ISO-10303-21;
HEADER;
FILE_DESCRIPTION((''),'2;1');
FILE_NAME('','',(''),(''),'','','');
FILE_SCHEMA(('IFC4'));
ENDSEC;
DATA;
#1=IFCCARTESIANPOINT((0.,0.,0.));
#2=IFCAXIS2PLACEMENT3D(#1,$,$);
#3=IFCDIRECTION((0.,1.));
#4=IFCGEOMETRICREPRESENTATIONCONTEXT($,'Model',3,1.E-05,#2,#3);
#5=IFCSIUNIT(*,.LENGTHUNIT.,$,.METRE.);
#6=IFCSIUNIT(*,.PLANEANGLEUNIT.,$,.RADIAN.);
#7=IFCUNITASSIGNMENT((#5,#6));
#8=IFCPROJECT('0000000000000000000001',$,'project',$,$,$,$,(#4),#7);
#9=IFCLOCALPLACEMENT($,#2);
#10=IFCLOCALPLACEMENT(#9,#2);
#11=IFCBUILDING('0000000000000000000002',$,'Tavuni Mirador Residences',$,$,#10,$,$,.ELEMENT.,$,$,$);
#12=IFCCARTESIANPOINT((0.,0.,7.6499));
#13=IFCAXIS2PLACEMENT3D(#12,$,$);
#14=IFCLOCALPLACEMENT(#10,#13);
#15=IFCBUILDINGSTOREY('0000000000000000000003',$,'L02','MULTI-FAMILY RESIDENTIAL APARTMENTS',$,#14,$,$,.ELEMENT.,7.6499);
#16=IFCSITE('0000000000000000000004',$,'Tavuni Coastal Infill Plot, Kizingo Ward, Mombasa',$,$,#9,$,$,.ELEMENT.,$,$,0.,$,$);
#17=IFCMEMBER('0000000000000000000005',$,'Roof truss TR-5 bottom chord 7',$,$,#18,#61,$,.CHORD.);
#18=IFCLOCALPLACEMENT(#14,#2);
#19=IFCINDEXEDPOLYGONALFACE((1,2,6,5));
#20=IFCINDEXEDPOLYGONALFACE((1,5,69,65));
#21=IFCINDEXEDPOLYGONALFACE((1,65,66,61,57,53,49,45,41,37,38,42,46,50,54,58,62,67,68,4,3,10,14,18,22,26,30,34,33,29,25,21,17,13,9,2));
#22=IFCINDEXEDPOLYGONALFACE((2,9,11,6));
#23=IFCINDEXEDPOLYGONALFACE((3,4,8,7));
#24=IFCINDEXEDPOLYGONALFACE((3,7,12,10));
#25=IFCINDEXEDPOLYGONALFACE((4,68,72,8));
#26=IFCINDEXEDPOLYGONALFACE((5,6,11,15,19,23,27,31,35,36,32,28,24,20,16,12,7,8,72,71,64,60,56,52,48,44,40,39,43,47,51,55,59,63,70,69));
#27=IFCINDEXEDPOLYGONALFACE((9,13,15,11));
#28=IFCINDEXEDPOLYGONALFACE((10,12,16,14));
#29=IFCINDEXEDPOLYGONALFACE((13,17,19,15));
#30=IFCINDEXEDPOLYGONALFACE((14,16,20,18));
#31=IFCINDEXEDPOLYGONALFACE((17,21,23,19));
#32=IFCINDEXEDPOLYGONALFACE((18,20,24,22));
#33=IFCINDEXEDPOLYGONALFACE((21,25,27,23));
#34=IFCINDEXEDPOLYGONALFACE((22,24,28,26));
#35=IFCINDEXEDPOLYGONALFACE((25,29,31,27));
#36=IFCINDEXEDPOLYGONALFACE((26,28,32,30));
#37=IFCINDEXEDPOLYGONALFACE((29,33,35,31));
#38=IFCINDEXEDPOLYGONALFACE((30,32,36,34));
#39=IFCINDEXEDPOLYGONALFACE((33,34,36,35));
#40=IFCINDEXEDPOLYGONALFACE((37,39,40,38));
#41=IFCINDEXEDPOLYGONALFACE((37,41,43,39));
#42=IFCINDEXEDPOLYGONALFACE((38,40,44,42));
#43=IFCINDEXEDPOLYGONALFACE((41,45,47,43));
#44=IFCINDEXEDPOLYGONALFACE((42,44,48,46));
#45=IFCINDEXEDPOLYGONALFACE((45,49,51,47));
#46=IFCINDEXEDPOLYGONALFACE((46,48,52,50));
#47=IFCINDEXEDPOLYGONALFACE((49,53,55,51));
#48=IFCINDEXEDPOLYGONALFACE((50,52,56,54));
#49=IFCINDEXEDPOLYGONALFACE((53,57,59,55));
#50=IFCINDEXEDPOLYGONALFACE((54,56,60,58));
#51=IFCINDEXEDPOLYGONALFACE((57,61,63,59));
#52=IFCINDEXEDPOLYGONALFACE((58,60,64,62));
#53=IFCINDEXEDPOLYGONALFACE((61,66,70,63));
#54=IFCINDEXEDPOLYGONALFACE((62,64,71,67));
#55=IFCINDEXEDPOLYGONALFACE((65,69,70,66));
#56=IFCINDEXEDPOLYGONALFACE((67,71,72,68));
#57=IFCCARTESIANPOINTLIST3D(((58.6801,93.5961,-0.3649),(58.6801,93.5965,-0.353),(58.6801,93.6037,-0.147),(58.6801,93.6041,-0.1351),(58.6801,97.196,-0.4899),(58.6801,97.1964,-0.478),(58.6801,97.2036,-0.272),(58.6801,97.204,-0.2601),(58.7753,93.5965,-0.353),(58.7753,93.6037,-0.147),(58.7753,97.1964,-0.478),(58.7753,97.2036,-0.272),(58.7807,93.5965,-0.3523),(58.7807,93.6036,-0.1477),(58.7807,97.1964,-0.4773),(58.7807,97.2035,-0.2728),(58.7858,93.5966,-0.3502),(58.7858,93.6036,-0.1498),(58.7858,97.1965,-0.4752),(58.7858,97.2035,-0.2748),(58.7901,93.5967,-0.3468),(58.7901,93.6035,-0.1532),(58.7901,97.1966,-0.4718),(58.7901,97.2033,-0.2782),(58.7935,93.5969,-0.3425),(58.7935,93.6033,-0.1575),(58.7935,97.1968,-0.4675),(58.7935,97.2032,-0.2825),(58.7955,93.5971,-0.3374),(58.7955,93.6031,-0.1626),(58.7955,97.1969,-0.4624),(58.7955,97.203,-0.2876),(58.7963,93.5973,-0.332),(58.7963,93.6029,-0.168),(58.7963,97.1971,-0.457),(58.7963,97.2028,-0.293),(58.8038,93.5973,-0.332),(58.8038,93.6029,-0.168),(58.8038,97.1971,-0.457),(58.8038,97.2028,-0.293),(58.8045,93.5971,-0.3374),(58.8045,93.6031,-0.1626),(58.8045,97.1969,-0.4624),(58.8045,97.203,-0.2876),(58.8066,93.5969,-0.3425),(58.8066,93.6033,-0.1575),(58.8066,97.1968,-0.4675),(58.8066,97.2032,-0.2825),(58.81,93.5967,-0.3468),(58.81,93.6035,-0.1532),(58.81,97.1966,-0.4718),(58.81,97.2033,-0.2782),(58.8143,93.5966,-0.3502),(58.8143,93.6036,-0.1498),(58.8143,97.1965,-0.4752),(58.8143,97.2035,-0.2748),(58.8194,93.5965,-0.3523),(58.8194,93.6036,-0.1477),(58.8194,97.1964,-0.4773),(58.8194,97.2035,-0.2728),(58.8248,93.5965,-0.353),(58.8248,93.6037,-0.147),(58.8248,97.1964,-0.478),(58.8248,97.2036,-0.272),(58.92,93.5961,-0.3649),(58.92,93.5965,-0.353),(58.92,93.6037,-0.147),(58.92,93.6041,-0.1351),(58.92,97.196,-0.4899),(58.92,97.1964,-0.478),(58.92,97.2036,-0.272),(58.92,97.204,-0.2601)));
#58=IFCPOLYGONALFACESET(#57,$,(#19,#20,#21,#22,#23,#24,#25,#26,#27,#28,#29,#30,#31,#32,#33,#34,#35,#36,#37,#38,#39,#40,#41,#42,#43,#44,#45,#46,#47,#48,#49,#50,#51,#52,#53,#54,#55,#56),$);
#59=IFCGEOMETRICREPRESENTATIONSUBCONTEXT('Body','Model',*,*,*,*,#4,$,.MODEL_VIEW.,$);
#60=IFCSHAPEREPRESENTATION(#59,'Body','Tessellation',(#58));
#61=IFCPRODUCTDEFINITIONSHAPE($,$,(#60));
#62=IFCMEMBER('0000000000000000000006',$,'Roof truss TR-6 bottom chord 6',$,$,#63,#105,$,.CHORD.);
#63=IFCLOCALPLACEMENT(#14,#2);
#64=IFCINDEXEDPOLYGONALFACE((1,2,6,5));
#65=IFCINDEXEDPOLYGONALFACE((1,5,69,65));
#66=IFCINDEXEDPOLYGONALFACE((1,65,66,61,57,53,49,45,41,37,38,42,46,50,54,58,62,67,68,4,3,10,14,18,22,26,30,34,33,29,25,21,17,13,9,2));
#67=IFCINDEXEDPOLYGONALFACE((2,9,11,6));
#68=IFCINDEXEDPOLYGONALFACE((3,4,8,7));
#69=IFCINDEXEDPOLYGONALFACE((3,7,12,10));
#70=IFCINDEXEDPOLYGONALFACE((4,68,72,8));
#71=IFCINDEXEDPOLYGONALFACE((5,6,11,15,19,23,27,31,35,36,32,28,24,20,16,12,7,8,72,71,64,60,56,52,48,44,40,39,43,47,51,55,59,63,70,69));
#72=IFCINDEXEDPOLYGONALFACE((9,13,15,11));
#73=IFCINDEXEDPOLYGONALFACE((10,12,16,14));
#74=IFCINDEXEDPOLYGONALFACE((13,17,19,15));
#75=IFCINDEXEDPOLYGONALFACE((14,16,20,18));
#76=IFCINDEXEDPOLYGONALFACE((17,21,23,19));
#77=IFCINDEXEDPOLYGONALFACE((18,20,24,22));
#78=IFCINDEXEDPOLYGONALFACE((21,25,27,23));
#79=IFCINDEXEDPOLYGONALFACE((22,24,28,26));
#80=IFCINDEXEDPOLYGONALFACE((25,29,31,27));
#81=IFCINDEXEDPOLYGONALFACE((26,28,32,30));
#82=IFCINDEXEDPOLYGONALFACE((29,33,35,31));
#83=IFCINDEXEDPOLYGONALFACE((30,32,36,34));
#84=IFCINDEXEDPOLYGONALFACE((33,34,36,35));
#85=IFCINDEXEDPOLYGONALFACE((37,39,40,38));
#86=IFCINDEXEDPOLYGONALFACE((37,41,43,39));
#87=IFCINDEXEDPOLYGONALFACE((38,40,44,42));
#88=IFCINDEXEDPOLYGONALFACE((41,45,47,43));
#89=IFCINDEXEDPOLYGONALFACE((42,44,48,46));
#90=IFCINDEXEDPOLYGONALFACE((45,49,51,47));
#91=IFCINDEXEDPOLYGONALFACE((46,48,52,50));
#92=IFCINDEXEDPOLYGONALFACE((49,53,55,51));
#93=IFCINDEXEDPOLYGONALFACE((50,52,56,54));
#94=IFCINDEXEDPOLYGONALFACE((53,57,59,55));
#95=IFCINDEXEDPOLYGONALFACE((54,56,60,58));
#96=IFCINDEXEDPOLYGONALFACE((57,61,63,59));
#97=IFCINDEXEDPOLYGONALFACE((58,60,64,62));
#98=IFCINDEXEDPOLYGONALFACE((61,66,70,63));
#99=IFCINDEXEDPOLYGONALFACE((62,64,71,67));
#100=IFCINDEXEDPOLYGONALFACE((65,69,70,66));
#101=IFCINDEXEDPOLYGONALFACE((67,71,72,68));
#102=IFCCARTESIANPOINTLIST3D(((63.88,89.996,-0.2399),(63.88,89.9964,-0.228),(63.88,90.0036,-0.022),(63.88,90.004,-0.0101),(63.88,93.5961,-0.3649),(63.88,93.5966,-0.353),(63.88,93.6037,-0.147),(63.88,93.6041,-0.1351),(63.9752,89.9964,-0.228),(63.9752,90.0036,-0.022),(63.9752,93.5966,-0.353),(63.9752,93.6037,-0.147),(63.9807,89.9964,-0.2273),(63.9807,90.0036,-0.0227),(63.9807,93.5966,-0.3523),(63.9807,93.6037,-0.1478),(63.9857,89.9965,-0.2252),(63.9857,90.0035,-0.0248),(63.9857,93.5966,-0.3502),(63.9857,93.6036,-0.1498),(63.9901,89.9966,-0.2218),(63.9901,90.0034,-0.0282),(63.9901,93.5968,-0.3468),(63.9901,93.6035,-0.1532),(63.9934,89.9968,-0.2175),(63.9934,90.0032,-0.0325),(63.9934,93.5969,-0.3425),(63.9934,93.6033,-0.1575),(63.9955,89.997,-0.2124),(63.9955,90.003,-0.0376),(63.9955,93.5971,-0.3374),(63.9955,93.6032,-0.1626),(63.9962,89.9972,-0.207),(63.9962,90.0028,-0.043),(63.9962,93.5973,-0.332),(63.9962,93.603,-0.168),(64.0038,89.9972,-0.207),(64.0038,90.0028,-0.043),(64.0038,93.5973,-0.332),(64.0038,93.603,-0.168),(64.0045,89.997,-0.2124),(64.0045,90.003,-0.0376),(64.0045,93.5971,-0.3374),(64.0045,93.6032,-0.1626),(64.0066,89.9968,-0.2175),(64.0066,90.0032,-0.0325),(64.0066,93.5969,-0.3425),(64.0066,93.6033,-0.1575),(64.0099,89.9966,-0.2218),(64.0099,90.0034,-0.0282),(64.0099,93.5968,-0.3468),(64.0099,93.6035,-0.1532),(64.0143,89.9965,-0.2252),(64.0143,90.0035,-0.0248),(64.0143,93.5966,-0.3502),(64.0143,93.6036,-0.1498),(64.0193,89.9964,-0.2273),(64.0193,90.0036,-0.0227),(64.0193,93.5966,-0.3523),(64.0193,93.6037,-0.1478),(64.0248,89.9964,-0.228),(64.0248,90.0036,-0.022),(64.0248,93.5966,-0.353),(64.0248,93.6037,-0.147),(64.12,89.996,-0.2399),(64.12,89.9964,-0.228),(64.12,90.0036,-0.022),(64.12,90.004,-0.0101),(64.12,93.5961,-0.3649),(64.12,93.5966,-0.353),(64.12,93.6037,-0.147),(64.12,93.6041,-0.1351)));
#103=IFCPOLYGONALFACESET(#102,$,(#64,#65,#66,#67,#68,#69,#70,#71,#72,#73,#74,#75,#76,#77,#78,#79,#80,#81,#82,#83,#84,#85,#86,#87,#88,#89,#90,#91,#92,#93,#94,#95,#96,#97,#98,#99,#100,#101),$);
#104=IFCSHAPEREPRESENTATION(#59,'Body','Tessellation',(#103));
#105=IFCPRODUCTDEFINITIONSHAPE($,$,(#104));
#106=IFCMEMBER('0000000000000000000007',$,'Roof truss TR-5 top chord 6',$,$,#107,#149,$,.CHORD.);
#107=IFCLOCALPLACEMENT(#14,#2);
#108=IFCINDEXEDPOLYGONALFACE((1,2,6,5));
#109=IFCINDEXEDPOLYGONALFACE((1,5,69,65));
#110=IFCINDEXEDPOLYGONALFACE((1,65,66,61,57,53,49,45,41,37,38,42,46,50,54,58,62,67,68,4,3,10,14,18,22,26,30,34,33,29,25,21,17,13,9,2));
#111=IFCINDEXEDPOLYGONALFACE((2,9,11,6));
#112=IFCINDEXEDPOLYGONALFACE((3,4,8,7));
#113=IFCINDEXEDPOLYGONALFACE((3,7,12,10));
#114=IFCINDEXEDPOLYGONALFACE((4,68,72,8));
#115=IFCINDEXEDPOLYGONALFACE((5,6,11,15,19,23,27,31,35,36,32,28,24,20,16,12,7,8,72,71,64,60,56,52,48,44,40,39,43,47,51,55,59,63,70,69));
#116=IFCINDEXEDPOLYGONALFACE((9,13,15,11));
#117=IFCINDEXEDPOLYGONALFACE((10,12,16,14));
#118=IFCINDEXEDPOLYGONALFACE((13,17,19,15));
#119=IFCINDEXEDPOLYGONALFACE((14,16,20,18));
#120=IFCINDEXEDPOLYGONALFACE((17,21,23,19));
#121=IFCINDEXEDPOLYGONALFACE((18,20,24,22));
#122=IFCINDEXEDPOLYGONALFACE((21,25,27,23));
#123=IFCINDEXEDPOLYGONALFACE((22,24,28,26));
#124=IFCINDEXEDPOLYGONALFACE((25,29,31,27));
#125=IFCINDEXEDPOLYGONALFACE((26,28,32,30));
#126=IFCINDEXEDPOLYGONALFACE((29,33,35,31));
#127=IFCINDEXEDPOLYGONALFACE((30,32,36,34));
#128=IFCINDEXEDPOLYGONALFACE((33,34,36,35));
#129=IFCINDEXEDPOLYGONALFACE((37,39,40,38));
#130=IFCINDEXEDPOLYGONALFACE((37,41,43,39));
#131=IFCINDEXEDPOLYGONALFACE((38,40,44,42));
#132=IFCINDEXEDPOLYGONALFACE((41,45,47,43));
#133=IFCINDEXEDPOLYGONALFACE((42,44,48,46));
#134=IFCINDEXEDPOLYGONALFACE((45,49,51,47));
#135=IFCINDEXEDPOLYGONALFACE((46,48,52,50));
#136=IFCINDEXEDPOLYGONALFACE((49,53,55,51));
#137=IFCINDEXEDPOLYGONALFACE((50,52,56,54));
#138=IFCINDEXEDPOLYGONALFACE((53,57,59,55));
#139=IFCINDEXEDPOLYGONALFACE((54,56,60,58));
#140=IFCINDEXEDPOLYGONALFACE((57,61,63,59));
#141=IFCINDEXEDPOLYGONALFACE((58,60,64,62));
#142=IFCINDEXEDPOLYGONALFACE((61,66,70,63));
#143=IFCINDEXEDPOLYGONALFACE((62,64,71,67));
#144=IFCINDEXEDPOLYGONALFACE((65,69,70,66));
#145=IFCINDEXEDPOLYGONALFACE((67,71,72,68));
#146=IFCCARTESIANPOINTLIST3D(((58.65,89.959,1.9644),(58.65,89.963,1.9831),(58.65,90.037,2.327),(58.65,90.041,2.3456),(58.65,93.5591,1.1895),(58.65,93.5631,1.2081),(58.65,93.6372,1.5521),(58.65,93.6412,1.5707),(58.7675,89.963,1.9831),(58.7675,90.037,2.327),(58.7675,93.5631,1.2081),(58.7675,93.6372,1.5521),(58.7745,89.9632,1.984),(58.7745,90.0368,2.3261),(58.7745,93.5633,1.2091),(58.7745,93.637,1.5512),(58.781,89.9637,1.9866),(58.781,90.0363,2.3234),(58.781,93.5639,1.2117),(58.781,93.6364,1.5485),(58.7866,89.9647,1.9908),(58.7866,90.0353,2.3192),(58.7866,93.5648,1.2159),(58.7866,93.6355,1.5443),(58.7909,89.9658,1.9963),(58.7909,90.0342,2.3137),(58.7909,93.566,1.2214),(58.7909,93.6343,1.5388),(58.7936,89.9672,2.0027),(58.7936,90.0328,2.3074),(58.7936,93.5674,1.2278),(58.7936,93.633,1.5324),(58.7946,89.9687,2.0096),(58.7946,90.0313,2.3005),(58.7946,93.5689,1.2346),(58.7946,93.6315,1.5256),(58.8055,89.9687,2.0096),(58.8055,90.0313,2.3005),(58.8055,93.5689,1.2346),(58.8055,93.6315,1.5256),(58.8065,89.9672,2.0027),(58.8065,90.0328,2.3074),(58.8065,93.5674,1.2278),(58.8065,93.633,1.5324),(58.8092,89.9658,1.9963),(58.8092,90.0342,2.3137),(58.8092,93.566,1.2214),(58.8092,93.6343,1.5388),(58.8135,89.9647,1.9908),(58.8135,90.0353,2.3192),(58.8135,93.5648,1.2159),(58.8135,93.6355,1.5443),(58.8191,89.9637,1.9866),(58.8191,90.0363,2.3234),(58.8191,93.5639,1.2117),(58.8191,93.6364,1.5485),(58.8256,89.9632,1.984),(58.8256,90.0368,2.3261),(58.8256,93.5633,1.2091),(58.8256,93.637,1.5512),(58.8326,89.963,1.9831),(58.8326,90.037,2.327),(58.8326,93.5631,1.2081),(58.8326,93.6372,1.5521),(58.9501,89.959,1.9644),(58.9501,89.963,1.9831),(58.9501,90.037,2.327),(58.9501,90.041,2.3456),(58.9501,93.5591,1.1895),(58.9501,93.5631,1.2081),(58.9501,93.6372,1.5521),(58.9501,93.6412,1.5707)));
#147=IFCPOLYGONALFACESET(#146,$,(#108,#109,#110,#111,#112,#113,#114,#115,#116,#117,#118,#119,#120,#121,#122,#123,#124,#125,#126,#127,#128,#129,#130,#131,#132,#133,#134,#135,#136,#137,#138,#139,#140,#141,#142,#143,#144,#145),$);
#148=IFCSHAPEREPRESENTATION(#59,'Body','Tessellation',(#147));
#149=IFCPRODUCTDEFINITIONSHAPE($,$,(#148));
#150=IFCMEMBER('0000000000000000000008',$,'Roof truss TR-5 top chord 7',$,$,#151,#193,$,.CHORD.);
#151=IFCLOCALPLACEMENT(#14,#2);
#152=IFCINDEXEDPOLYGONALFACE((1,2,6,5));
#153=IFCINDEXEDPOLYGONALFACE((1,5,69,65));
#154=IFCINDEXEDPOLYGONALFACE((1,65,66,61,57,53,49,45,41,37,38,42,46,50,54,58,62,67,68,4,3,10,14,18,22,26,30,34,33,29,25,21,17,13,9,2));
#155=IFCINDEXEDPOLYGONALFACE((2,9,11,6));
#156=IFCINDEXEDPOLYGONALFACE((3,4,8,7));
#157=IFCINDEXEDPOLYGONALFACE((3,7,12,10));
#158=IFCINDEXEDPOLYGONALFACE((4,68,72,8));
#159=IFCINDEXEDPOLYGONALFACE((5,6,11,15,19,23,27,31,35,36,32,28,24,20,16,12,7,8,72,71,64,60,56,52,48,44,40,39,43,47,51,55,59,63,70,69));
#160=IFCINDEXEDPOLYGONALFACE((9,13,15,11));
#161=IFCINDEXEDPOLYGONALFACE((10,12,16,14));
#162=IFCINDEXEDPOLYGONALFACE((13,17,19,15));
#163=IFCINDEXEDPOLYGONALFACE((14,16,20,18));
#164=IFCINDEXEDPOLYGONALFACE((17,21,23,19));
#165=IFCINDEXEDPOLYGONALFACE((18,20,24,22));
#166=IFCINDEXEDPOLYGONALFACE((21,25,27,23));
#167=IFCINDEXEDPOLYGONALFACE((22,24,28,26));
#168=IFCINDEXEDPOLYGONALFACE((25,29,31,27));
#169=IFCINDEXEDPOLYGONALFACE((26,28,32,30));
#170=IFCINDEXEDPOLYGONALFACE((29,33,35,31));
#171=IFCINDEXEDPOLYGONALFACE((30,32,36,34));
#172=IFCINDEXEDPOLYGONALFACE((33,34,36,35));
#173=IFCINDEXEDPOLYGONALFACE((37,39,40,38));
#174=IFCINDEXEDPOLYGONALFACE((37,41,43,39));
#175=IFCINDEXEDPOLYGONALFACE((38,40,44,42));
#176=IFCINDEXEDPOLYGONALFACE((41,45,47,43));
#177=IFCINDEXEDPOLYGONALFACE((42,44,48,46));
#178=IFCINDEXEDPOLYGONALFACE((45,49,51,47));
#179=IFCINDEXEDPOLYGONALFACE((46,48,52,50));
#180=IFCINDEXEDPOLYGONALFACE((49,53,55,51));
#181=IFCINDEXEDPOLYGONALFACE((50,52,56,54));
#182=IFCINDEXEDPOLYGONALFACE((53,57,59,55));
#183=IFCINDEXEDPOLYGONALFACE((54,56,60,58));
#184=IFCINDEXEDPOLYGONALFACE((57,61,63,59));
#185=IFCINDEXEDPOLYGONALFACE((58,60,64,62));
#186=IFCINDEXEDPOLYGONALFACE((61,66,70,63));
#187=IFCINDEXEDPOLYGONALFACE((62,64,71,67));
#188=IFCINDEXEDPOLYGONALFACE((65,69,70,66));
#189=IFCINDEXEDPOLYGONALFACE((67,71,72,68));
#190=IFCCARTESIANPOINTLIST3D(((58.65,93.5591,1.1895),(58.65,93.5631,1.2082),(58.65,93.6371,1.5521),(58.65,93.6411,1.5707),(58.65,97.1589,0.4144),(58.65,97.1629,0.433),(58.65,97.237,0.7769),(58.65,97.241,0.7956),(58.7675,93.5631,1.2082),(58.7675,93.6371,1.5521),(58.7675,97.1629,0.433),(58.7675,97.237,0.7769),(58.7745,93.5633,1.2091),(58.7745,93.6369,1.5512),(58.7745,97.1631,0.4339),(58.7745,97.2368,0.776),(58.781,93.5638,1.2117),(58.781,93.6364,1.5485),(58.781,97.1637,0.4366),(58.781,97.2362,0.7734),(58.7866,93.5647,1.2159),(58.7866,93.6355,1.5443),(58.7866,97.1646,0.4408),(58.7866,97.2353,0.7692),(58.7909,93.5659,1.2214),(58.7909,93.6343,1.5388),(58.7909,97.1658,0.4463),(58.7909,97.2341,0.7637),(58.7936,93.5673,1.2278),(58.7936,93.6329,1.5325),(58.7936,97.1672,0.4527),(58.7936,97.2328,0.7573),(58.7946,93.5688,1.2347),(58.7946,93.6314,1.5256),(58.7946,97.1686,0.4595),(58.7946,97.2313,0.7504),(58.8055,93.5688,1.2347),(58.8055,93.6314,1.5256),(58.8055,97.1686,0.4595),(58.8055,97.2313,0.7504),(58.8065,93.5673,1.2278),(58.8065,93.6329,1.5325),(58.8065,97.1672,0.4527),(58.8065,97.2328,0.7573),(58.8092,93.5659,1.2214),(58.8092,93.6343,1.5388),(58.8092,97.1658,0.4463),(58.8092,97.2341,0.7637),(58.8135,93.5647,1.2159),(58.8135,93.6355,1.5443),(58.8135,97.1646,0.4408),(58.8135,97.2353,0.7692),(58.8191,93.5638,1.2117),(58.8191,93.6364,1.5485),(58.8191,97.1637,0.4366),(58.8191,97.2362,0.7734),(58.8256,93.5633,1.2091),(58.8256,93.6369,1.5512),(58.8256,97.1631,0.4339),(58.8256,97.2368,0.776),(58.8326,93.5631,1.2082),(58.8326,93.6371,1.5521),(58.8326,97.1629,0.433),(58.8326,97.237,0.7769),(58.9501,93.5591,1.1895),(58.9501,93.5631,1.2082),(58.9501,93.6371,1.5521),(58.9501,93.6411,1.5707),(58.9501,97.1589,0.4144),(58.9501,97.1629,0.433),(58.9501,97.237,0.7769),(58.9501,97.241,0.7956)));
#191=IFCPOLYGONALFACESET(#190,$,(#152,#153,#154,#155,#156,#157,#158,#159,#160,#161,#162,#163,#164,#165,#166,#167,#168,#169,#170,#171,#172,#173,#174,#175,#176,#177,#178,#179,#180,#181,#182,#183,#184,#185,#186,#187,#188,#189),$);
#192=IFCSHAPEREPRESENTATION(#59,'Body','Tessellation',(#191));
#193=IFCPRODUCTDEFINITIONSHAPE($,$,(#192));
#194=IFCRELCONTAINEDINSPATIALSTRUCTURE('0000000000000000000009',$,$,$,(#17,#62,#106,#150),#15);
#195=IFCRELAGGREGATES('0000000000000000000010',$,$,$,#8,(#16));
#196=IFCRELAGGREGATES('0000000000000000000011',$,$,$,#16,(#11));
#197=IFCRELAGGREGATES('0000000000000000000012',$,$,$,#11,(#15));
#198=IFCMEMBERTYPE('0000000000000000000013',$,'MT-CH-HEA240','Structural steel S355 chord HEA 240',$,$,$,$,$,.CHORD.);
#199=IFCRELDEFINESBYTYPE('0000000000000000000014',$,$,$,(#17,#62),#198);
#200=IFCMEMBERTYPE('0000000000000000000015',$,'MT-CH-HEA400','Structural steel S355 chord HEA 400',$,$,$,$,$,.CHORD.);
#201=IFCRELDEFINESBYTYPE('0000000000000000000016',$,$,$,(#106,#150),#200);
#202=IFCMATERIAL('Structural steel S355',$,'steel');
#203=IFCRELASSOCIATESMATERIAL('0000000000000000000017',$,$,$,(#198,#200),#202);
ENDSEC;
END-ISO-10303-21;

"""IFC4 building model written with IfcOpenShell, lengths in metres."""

from ifc_helpers import new_model, si_unit, direction, frame, origin, origin_2d, place, context, subcontext, project, spatial, i_section, extrude, material, material_profile, profile_set, type_object, element, save


model = new_model("IFC4")

# Units and contexts
model_context = context("Model", 3, precision=1e-05, world=origin(), true_north=direction((0.0, 1.0)))
body_context = subcontext(model_context, "Body", "Model", "MODEL_VIEW")
ifc_project = project(units=[si_unit("LENGTHUNIT", "METRE"), si_unit("PLANEANGLEUNIT", "RADIAN")], contexts=[model_context])

# Site, building, storey
site_placement = place(None, origin())
site = spatial("IfcSite", under=ifc_project, at=site_placement, Name="Tavuni Coastal Infill Plot, Kizingo Ward, Mombasa", CompositionType="ELEMENT", RefElevation=0.0)
building_placement = place(site_placement, origin())
building = spatial("IfcBuilding", under=site, at=building_placement, Name="Tavuni Mirador Residences", CompositionType="ELEMENT")
storey_placement = place(building_placement, frame((0.0, 0.0, 7.6499)))
storey = spatial("IfcBuildingStorey", under=building, at=storey_placement, Name="L02", Description="MULTI-FAMILY RESIDENTIAL APARTMENTS", CompositionType="ELEMENT", Elevation=7.6499)

# Members
ifc_material_1 = material(Name="Structural steel S355", Category="steel")
ifc_material_profile_1 = material_profile(ifc_material_1, i_section(OverallWidth=0.24, OverallDepth=0.23, WebThickness=0.0076, FlangeThickness=0.012, FilletRadius=0.021, at=origin_2d()), Name="HEA 240", Category="steel")
ifc_profile_set_1 = profile_set([ifc_material_profile_1], Name="Structural steel S355")
member_type_1 = type_object("IfcMemberType", Name="MT-CH-HEA240", Description="Structural steel S355 chord HEA 240", PredefinedType="CHORD", material=ifc_profile_set_1)
member_1_placement = place(storey_placement, frame((58.8, 93.6001, -0.25), z_axis=(0.0, 0.999398, -0.034703), x_axis=(-1.0, 0.0, 0.0)))
element("IfcMember", 1, at=member_1_placement, inside=storey, type_object=member_type_1, Name="Roof truss TR-5 bottom chord 7", PredefinedType="CHORD", context=body_context, shape_type="SweptSolid", body=[
    extrude(i_section(OverallWidth=0.24, OverallDepth=0.23, WebThickness=0.0076, FlangeThickness=0.012, FilletRadius=0.021, at=origin_2d()), origin(), (0.0, 0.0, 1.0), 3.6021),
])
member_2_placement = place(storey_placement, frame((64.0, 90.0, -0.125), z_axis=(0.0, 0.999398, -0.0347), x_axis=(-1.0, 0.0, 0.0)))
element("IfcMember", 2, at=member_2_placement, inside=storey, type_object=member_type_1, Name="Roof truss TR-6 bottom chord 6", PredefinedType="CHORD", context=body_context, shape_type="SweptSolid", body=[
    extrude(i_section(OverallWidth=0.24, OverallDepth=0.23, WebThickness=0.0076, FlangeThickness=0.012, FilletRadius=0.021, at=origin_2d()), origin(), (0.0, 0.0, 1.0), 3.6023),
])
ifc_material_profile_2 = material_profile(ifc_material_1, i_section(OverallWidth=0.3, OverallDepth=0.3899, WebThickness=0.011, FlangeThickness=0.019, FilletRadius=0.0271, at=origin_2d()), Name="HEA 400", Category="steel")
ifc_profile_set_2 = profile_set([ifc_material_profile_2], Name="Structural steel S355")
member_type_2 = type_object("IfcMemberType", Name="MT-CH-HEA400", Description="Structural steel S355 chord HEA 400", PredefinedType="CHORD", material=ifc_profile_set_2)
member_3_placement = place(storey_placement, frame((58.8, 90.0, 2.155), z_axis=(0.0, 0.97761, -0.210425), x_axis=(-1.0, 0.0, 0.0)))
element("IfcMember", 3, at=member_3_placement, inside=storey, type_object=member_type_2, Name="Roof truss TR-5 top chord 6", PredefinedType="CHORD", context=body_context, shape_type="SweptSolid", body=[
    extrude(i_section(OverallWidth=0.3, OverallDepth=0.3899, WebThickness=0.011, FlangeThickness=0.019, FilletRadius=0.0271, at=origin_2d()), origin(), (0.0, 0.0, 1.0), 3.6826),
])
member_4_placement = place(storey_placement, frame((58.8, 93.6001, 1.3801), z_axis=(0.0, 0.977593, -0.210502), x_axis=(-1.0, 0.0, 0.0)))
element("IfcMember", 4, at=member_4_placement, inside=storey, type_object=member_type_2, Name="Roof truss TR-5 top chord 7", PredefinedType="CHORD", context=body_context, shape_type="SweptSolid", body=[
    extrude(i_section(OverallWidth=0.3, OverallDepth=0.3899, WebThickness=0.011, FlangeThickness=0.019, FilletRadius=0.0271, at=origin_2d()), origin(), (0.0, 0.0, 1.0), 3.6824),
])

save(model, "model.ifc")
